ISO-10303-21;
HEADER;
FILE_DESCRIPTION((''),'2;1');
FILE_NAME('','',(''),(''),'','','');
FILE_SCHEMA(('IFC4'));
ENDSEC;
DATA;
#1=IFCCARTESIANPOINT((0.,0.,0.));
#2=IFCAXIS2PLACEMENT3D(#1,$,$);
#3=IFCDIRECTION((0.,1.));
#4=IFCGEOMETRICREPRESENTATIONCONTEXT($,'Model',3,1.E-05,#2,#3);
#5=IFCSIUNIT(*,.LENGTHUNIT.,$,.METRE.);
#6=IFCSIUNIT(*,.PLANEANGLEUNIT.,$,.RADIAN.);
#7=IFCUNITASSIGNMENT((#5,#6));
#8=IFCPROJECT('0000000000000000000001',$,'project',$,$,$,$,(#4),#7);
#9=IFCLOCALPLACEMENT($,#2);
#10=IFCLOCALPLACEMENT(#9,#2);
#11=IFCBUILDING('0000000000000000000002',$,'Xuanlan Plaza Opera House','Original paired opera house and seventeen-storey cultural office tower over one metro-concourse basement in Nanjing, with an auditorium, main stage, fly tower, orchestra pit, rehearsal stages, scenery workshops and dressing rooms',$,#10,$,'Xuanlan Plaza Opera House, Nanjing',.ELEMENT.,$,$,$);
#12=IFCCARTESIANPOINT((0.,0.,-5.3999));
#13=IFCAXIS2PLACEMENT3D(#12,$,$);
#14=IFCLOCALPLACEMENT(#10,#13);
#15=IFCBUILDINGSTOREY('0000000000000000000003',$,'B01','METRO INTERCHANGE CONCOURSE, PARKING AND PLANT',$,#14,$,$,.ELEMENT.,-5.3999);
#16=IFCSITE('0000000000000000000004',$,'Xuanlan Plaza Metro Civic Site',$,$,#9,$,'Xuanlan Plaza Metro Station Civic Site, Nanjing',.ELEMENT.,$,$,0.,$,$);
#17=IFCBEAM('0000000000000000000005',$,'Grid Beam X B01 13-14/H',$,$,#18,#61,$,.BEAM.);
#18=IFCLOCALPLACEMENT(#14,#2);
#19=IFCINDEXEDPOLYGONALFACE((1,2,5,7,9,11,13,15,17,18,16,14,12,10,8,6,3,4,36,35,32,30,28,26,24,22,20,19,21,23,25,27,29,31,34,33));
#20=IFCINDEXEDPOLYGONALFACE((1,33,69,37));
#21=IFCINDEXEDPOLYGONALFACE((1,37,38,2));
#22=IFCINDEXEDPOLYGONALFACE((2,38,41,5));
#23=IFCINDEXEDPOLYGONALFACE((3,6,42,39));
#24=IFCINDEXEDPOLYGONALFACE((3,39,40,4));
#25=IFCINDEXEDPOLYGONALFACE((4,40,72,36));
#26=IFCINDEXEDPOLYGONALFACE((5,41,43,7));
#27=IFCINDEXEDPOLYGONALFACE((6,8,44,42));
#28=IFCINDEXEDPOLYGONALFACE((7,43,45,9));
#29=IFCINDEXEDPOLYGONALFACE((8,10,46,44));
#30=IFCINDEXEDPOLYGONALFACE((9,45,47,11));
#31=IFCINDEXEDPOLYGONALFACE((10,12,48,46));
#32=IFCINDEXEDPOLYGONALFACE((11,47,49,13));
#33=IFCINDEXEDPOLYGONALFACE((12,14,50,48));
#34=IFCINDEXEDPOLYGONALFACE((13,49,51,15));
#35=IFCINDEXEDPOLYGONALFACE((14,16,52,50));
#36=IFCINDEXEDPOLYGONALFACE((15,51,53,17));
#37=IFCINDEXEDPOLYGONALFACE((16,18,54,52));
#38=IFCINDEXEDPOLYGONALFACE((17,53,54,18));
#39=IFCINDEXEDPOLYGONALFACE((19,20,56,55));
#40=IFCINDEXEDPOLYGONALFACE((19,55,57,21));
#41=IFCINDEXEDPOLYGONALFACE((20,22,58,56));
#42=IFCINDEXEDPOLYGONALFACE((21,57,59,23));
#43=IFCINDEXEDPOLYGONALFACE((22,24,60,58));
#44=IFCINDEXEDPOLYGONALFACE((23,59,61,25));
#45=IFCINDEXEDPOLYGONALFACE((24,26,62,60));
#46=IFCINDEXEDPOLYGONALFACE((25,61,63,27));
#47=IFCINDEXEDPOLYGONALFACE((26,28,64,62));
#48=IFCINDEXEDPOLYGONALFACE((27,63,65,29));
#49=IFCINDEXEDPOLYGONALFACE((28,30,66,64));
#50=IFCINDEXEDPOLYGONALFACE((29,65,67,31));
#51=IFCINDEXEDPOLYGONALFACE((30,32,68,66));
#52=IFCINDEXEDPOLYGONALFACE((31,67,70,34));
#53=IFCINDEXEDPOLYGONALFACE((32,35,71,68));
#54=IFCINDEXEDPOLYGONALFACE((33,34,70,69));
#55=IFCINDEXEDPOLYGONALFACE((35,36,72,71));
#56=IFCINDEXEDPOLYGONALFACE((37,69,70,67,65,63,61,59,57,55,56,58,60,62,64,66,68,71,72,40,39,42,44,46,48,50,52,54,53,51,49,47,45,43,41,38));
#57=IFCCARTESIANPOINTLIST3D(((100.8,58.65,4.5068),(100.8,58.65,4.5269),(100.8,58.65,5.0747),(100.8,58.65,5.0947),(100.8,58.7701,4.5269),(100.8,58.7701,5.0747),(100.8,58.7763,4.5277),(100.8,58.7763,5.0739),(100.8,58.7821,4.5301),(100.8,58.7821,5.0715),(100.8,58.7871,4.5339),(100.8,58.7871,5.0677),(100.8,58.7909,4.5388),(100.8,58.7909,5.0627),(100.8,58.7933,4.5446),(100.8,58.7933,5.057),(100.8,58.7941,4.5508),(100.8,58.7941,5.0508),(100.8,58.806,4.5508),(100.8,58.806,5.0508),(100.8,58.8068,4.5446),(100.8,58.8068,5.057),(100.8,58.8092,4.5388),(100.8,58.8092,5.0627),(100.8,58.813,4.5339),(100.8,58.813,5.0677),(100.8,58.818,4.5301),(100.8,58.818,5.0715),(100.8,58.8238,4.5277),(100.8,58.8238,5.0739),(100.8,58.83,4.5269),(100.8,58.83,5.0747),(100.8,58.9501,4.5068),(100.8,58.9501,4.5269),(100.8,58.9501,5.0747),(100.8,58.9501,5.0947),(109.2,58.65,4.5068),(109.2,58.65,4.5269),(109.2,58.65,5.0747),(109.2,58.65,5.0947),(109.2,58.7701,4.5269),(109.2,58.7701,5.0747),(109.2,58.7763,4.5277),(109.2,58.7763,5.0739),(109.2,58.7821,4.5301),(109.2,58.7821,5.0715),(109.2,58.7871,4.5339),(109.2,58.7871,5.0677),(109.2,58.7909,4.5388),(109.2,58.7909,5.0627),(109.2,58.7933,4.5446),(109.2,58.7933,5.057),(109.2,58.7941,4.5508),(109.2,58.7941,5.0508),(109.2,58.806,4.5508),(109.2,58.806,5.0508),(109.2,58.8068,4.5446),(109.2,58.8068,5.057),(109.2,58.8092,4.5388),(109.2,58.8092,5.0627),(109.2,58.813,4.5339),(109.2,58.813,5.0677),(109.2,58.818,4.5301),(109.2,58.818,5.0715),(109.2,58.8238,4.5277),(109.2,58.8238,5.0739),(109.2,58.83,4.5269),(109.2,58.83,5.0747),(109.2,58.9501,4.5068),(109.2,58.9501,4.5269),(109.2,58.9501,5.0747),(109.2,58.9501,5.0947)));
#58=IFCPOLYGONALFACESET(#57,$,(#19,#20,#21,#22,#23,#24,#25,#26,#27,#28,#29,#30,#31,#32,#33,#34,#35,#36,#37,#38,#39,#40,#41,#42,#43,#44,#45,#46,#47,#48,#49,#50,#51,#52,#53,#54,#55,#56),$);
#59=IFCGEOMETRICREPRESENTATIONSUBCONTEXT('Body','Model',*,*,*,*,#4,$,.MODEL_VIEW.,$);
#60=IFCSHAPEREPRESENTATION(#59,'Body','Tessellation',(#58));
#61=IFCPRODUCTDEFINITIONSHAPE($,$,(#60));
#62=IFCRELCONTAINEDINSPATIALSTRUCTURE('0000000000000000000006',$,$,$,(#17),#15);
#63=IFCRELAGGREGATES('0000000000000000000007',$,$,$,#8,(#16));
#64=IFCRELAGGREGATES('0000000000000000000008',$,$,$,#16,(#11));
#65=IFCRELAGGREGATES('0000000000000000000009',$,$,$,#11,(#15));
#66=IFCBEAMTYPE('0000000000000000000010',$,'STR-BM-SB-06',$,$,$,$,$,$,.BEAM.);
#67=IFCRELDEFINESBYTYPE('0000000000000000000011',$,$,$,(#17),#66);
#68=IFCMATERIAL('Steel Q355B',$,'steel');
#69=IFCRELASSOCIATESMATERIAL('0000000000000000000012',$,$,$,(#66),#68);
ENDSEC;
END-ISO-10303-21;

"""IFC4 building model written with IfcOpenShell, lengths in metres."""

from ifc_helpers import new_model, si_unit, direction, frame, origin, origin_2d, place, context, subcontext, project, spatial, i_section, extrude, material, material_profile, profile_set, type_object, element, save


model = new_model("IFC4")

# Units and contexts
model_context = context("Model", 3, precision=1e-05, world=origin(), true_north=direction((0.0, 1.0)))
body_context = subcontext(model_context, "Body", "Model", "MODEL_VIEW")
ifc_project = project(units=[si_unit("LENGTHUNIT", "METRE"), si_unit("PLANEANGLEUNIT", "RADIAN")], contexts=[model_context])

# Site, building, storey
site_placement = place(None, origin())
site = spatial("IfcSite", under=ifc_project, at=site_placement, Name="Xuanlan Plaza Metro Civic Site", LongName="Xuanlan Plaza Metro Station Civic Site, Nanjing", CompositionType="ELEMENT", RefElevation=0.0)
building_placement = place(site_placement, origin())
building = spatial("IfcBuilding", under=site, at=building_placement, Name="Xuanlan Plaza Opera House", Description="Original paired opera house and seventeen-storey cultural office tower over one metro-concourse basement in Nanjing, with an auditorium, main stage, fly tower, orchestra pit, rehearsal stages, scenery workshops and dressing rooms", LongName="Xuanlan Plaza Opera House, Nanjing", CompositionType="ELEMENT")
storey_placement = place(building_placement, frame((0.0, 0.0, -5.3999)))
storey = spatial("IfcBuildingStorey", under=building, at=storey_placement, Name="B01", Description="METRO INTERCHANGE CONCOURSE, PARKING AND PLANT", CompositionType="ELEMENT", Elevation=-5.3999)

# Beam
ifc_material_1 = material(Name="Steel Q355B", Category="steel")
ifc_material_profile_1 = material_profile(ifc_material_1, i_section(OverallWidth=0.3, OverallDepth=0.5879, WebThickness=0.012, FlangeThickness=0.02, FilletRadius=0.0239, at=origin_2d()), Name="HM 588x300x12x20")
ifc_profile_set_1 = profile_set([ifc_material_profile_1], Name="Steel Q355B")
beam_type_1 = type_object("IfcBeamType", Name="STR-BM-SB-06", PredefinedType="BEAM", material=ifc_profile_set_1)
beam_1_placement = place(storey_placement, frame((100.8, 58.8, 4.8008), z_axis=(1.0, 0.0, 0.0), x_axis=(0.0, 1.0, 0.0)))
element("IfcBeam", 1, at=beam_1_placement, inside=storey, type_object=beam_type_1, Name="Grid Beam X B01 13-14/H", PredefinedType="BEAM", context=body_context, shape_type="SweptSolid", body=[
    extrude(i_section(OverallWidth=0.3, OverallDepth=0.5879, WebThickness=0.012, FlangeThickness=0.02, FilletRadius=0.0239, at=origin_2d()), origin(), (0.0, 0.0, 1.0), 8.3999),
])

save(model, "model.ifc")
